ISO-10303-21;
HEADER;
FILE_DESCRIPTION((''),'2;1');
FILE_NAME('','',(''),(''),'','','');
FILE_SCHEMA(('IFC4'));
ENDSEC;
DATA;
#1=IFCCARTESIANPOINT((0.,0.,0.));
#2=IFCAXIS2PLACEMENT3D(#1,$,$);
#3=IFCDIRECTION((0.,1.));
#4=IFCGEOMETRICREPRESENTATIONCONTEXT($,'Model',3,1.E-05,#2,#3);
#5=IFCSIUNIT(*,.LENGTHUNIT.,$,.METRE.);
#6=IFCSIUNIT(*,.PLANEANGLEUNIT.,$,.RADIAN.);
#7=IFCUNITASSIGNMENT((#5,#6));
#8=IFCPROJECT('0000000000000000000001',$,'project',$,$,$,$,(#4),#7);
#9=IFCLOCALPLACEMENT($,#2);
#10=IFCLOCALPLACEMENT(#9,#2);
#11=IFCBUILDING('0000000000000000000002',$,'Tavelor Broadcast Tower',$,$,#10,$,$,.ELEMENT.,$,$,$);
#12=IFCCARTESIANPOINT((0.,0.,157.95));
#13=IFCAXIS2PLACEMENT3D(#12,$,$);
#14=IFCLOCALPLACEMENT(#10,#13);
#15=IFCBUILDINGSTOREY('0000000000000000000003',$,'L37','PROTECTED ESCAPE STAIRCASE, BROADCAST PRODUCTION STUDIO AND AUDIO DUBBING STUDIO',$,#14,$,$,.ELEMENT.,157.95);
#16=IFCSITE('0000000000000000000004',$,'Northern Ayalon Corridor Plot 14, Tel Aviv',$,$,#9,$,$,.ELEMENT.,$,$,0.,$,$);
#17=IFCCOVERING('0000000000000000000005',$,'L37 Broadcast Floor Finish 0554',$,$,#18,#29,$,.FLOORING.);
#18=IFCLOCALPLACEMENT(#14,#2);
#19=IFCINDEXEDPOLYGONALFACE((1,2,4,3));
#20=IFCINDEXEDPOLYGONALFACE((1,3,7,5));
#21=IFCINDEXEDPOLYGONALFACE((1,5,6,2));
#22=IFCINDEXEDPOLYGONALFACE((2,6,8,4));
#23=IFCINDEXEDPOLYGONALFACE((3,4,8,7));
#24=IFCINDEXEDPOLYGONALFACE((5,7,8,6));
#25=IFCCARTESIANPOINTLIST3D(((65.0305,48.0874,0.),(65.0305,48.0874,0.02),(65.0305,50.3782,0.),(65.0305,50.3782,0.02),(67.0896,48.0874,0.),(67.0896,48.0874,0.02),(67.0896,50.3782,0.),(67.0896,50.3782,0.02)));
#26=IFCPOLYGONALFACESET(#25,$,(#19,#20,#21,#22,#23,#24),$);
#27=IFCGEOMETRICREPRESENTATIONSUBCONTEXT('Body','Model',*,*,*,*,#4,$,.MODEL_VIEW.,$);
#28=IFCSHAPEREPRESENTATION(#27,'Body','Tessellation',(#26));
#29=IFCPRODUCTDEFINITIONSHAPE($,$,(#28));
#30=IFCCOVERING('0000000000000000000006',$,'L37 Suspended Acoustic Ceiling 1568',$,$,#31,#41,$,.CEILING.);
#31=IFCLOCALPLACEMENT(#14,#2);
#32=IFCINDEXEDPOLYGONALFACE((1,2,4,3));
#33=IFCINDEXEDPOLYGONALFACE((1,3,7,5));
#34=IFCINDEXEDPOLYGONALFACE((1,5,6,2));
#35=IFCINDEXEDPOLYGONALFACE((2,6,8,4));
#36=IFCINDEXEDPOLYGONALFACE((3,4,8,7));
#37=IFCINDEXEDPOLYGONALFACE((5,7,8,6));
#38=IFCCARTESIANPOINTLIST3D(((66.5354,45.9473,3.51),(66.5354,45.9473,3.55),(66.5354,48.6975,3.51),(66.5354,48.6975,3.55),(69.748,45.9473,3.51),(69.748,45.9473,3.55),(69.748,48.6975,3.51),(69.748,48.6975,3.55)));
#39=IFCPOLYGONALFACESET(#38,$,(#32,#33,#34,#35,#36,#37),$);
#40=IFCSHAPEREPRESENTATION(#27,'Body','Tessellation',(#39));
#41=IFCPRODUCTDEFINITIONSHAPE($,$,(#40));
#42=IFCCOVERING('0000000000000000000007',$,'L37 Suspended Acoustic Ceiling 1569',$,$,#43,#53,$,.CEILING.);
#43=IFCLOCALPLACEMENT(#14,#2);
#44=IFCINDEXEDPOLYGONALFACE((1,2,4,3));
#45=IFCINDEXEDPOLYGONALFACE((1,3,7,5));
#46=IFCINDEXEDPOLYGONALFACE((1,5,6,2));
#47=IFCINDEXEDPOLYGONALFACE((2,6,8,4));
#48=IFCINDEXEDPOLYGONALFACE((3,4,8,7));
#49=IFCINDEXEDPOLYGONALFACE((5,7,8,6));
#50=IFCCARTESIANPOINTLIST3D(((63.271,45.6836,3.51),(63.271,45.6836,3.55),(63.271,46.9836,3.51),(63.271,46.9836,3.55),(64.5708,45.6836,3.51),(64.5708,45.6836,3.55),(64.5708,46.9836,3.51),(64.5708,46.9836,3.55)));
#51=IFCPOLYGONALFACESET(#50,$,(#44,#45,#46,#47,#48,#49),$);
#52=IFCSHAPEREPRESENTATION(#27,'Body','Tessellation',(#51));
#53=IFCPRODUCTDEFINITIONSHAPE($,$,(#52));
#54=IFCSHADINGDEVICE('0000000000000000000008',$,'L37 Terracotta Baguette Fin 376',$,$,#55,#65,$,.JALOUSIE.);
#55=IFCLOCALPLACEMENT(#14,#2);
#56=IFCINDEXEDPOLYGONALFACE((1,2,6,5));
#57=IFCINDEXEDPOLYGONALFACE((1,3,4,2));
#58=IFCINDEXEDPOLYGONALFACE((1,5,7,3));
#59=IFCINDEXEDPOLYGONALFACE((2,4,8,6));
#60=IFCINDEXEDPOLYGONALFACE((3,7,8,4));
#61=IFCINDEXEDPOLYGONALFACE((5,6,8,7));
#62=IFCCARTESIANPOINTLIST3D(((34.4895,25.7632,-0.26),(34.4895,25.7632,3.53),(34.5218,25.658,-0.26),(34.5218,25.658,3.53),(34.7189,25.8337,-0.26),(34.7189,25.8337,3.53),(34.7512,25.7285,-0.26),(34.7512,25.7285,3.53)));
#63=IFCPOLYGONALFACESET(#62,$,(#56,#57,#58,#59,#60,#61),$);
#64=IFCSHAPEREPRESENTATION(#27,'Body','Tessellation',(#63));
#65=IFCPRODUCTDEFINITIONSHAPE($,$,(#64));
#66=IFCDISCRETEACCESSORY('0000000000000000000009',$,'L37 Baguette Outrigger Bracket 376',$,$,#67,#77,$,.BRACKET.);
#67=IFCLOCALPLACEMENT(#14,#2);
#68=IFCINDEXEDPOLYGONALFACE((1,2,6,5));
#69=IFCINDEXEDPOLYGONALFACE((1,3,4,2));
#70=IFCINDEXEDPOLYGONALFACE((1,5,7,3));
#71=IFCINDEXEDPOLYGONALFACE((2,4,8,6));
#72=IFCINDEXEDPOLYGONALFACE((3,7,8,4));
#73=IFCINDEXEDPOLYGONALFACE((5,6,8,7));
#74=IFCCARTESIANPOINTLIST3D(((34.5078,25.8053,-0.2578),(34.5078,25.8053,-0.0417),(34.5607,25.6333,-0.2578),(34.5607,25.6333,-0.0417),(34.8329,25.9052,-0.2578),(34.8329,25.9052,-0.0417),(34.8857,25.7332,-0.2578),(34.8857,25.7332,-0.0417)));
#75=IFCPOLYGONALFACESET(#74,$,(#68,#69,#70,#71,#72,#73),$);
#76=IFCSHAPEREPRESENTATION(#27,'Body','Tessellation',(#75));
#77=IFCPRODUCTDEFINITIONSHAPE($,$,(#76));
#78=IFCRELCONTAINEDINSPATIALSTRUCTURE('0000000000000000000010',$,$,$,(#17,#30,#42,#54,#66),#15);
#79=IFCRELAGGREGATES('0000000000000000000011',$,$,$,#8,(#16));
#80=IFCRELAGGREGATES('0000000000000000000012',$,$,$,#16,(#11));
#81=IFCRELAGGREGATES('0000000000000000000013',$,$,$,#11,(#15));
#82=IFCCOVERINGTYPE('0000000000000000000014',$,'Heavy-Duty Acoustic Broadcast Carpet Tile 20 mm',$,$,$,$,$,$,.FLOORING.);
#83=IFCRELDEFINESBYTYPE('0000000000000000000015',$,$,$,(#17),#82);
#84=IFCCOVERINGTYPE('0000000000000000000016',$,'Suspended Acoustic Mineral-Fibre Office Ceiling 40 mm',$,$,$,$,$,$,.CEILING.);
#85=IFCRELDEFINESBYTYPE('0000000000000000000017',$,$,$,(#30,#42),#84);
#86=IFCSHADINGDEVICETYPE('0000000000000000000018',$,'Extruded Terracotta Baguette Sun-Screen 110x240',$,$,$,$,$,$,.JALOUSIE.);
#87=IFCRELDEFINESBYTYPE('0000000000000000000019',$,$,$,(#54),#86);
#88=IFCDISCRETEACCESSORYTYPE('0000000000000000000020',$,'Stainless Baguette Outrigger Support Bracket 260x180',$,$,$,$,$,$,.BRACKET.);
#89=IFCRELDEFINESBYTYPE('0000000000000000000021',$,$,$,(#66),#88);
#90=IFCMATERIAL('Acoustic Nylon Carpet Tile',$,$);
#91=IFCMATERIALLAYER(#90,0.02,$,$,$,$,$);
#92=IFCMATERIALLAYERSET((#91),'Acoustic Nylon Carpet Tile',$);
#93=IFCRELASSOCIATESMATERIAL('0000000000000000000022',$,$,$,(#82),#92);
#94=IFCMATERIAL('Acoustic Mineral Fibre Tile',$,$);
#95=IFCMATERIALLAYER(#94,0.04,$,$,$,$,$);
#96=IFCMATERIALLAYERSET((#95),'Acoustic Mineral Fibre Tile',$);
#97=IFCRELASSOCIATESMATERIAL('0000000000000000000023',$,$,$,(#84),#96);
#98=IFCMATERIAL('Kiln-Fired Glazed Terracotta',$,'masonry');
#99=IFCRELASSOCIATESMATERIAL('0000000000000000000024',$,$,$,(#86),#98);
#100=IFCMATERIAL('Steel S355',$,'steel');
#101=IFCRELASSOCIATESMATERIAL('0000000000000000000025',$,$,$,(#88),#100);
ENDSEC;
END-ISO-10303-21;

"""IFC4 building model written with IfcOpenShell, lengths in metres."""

from ifc_helpers import new_model, si_unit, direction, frame, origin, origin_2d, place, context, subcontext, project, spatial, polyline, rectangle, outline, extrude, source, transform, mapped, material, layer, layer_set, type_object, type_shapes, element, save


model = new_model("IFC4")

# Units and contexts
model_context = context("Model", 3, precision=1e-05, world=origin(), true_north=direction((0.0, 1.0)))
body_context = subcontext(model_context, "Body", "Model", "MODEL_VIEW")
ifc_project = project(units=[si_unit("LENGTHUNIT", "METRE"), si_unit("PLANEANGLEUNIT", "RADIAN")], contexts=[model_context])

# Site, building, storey
site_placement = place(None, origin())
site = spatial("IfcSite", under=ifc_project, at=site_placement, Name="Northern Ayalon Corridor Plot 14, Tel Aviv", CompositionType="ELEMENT", RefElevation=0.0)
building_placement = place(site_placement, origin())
building = spatial("IfcBuilding", under=site, at=building_placement, Name="Tavelor Broadcast Tower", CompositionType="ELEMENT")
storey_placement = place(building_placement, frame((0.0, 0.0, 157.95)))
storey = spatial("IfcBuildingStorey", under=building, at=storey_placement, Name="L37", Description="PROTECTED ESCAPE STAIRCASE, BROADCAST PRODUCTION STUDIO AND AUDIO DUBBING STUDIO", CompositionType="ELEMENT", Elevation=157.95)

# Shared definitions
ifc_material_1 = material(Name="Steel S355", Category="steel")

# Coverings
ifc_material_2 = material(Name="Acoustic Nylon Carpet Tile")
ifc_layer_1 = layer(ifc_material_2, 0.02)
ifc_layer_set_1 = layer_set([ifc_layer_1], Name="Acoustic Nylon Carpet Tile")
covering_type_1 = type_object("IfcCoveringType", Name="Heavy-Duty Acoustic Broadcast Carpet Tile 20 mm", PredefinedType="FLOORING", material=ifc_layer_set_1)
covering_1_placement = place(storey_placement, origin())
element("IfcCovering", 1, at=covering_1_placement, inside=storey, type_object=covering_type_1, Name="L37 Broadcast Floor Finish 0554", PredefinedType="FLOORING", context=body_context, shape_type="SweptSolid", body=[
    extrude(outline(polyline([(65.0305, 48.0874), (67.0896, 48.0874), (67.0896, 50.3782), (65.0305, 50.3782), (65.0305, 48.0874)])), origin(), (0.0, 0.0, 1.0), 0.02),
])
ifc_material_3 = material(Name="Acoustic Mineral Fibre Tile")
ifc_layer_2 = layer(ifc_material_3, 0.04)
ifc_layer_set_2 = layer_set([ifc_layer_2], Name="Acoustic Mineral Fibre Tile")
covering_type_2 = type_object("IfcCoveringType", Name="Suspended Acoustic Mineral-Fibre Office Ceiling 40 mm", PredefinedType="CEILING", material=ifc_layer_set_2)
covering_2_placement = place(storey_placement, frame((0.0, 0.0, 3.51)))
element("IfcCovering", 2, at=covering_2_placement, inside=storey, type_object=covering_type_2, Name="L37 Suspended Acoustic Ceiling 1568", PredefinedType="CEILING", context=body_context, shape_type="SweptSolid", body=[
    extrude(outline(polyline([(66.5354, 45.9473), (69.748, 45.9473), (69.748, 48.6975), (66.5354, 48.6975), (66.5354, 45.9473)])), origin(), (0.0, 0.0, 1.0), 0.04),
])
covering_3_placement = place(storey_placement, frame((0.0, 0.0, 3.51)))
element("IfcCovering", 3, at=covering_3_placement, inside=storey, type_object=covering_type_2, Name="L37 Suspended Acoustic Ceiling 1569", PredefinedType="CEILING", context=body_context, shape_type="SweptSolid", body=[
    extrude(outline(polyline([(63.271, 45.6836), (64.5708, 45.6836), (64.5708, 46.9836), (63.271, 46.9836), (63.271, 45.6836)])), origin(), (0.0, 0.0, 1.0), 0.04),
])

# Shading device
ifc_material_4 = material(Name="Kiln-Fired Glazed Terracotta", Category="masonry")
shading_device_type = type_object("IfcShadingDeviceType", Name="Extruded Terracotta Baguette Sun-Screen 110x240", PredefinedType="JALOUSIE", material=ifc_material_4)
shared_shape_1 = source(origin(), body_context, "Body", "SweptSolid", [
    extrude(rectangle(XDim=0.1101, YDim=0.24, at=origin_2d()), origin(), (0.0, 0.0, 1.0), 3.79),
])
type_shapes(shading_device_type, [shared_shape_1])
shading_device_placement = place(storey_placement, frame((34.6204, 25.7458, -0.26), z_axis=(0.0, 0.0, 1.0), x_axis=(0.293707, -0.955896, 0.0)))
element("IfcShadingDevice", 4, at=shading_device_placement, inside=storey, type_object=shading_device_type, Name="L37 Terracotta Baguette Fin 376", PredefinedType="JALOUSIE", context=body_context, shape_type="MappedRepresentation", body=[
    mapped(shared_shape_1, transform((0.0, 0.0, 0.0), scale=1.0)),
])

# Discrete accessory
discrete_accessory_type = type_object("IfcDiscreteAccessoryType", Name="Stainless Baguette Outrigger Support Bracket 260x180", PredefinedType="BRACKET", material=ifc_material_1)
shared_shape_2 = source(origin(), body_context, "Body", "SweptSolid", [
    extrude(rectangle(XDim=0.1799, YDim=0.3401, at=origin_2d()), origin(), (0.0, 0.0, 1.0), 0.2161),
])
type_shapes(discrete_accessory_type, [shared_shape_2])
discrete_accessory_placement = place(storey_placement, frame((34.6968, 25.7693, -0.2578), z_axis=(0.0, 0.0, 1.0), x_axis=(0.293707, -0.955896, 0.0)))
element("IfcDiscreteAccessory", 5, at=discrete_accessory_placement, inside=storey, type_object=discrete_accessory_type, Name="L37 Baguette Outrigger Bracket 376", PredefinedType="BRACKET", context=body_context, shape_type="MappedRepresentation", body=[
    mapped(shared_shape_2, transform((0.0, 0.0, 0.0), scale=1.0)),
])

save(model, "model.ifc")
